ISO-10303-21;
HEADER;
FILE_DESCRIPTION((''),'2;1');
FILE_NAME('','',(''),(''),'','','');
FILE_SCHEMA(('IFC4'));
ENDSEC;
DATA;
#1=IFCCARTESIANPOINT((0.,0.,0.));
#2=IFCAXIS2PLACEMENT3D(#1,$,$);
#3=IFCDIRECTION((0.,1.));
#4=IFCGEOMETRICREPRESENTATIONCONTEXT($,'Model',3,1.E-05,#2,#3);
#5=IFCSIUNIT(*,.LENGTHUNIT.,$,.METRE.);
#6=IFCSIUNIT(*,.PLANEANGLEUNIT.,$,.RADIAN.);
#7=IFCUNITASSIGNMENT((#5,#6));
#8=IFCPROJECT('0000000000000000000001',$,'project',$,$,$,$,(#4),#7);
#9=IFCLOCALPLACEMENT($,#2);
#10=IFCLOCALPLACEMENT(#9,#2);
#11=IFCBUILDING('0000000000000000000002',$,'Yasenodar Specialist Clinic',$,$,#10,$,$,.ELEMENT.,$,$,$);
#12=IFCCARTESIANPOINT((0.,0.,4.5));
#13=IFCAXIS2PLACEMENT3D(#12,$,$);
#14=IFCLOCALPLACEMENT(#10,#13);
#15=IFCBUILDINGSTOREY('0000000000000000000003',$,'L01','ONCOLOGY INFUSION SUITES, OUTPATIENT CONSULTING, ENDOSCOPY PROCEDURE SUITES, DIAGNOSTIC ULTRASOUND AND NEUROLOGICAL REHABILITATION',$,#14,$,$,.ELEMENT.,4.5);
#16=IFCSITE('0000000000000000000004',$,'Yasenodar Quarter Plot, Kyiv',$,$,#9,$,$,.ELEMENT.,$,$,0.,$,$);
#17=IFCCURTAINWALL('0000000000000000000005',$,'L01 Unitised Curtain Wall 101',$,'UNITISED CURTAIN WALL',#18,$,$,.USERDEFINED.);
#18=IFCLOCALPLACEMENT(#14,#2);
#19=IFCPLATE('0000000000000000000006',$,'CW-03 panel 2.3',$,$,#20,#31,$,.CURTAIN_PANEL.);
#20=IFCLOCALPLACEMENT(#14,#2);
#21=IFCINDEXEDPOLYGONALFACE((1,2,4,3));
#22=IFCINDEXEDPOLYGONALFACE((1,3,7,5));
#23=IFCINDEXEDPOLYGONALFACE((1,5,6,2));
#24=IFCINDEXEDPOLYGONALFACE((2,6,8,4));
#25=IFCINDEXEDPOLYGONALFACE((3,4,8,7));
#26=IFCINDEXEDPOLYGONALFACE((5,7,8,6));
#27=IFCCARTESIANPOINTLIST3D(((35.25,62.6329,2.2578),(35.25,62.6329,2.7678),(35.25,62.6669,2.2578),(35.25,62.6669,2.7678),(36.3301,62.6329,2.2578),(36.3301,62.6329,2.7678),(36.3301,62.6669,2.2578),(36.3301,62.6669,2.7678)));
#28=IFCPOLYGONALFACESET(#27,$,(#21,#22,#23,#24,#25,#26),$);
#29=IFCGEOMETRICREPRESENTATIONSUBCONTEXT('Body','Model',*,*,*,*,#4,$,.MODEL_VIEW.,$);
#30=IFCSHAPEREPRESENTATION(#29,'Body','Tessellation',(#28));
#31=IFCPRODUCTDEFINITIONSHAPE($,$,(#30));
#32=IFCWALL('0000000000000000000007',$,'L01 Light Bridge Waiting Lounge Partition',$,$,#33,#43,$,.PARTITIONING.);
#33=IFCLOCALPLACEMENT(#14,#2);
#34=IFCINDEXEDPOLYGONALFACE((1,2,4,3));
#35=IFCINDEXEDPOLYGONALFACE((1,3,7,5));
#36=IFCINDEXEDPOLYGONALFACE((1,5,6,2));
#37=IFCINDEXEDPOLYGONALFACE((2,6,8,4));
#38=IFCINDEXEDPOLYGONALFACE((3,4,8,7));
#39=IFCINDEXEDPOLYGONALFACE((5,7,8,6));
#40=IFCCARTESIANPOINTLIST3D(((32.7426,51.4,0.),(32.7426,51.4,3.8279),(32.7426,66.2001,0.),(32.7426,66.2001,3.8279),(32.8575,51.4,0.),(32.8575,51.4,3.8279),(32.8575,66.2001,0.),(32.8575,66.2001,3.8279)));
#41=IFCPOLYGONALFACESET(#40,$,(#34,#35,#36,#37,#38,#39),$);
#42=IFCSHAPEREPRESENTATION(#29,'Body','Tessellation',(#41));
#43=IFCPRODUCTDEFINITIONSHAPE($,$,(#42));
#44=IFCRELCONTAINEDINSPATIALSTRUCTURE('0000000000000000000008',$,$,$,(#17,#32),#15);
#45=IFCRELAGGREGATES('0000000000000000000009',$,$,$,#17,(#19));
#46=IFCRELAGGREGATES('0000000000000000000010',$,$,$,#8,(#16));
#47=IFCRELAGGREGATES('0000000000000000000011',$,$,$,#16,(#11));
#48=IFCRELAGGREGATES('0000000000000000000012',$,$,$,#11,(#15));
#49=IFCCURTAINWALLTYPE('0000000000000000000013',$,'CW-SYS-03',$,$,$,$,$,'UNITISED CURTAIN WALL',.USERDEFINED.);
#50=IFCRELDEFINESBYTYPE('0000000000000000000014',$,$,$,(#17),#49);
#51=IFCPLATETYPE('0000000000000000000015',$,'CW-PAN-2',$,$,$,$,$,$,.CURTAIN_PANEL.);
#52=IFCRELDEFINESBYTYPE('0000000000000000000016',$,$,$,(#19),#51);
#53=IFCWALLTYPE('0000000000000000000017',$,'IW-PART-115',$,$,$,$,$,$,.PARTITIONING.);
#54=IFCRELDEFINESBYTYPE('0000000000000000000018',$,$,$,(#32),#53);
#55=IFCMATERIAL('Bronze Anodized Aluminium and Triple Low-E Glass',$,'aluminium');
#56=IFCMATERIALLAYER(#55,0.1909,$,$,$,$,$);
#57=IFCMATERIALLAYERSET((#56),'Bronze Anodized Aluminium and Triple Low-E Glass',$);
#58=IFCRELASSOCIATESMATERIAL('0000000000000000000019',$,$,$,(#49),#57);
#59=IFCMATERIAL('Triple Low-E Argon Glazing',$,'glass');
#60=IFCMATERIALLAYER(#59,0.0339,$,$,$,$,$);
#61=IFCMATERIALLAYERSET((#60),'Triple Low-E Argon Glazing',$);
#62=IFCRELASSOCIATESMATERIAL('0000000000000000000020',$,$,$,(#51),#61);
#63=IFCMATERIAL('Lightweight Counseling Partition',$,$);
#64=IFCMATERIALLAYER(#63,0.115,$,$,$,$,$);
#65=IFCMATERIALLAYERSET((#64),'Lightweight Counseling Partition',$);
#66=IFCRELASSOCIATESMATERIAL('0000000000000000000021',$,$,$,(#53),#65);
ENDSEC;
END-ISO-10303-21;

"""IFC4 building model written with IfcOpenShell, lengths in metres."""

from ifc_helpers import new_model, si_unit, direction, frame, frame_2d, origin, origin_2d, place, context, subcontext, project, spatial, rectangle, extrude, material, layer, layer_set, type_object, element, aggregate, save


model = new_model("IFC4")

# Units and contexts
model_context = context("Model", 3, precision=1e-05, world=origin(), true_north=direction((0.0, 1.0)))
body_context = subcontext(model_context, "Body", "Model", "MODEL_VIEW")
ifc_project = project(units=[si_unit("LENGTHUNIT", "METRE"), si_unit("PLANEANGLEUNIT", "RADIAN")], contexts=[model_context])

# Site, building, storey
site_placement = place(None, origin())
site = spatial("IfcSite", under=ifc_project, at=site_placement, Name="Yasenodar Quarter Plot, Kyiv", CompositionType="ELEMENT", RefElevation=0.0)
building_placement = place(site_placement, origin())
building = spatial("IfcBuilding", under=site, at=building_placement, Name="Yasenodar Specialist Clinic", CompositionType="ELEMENT")
storey_placement = place(building_placement, frame((0.0, 0.0, 4.5)))
storey = spatial("IfcBuildingStorey", under=building, at=storey_placement, Name="L01", Description="ONCOLOGY INFUSION SUITES, OUTPATIENT CONSULTING, ENDOSCOPY PROCEDURE SUITES, DIAGNOSTIC ULTRASOUND AND NEUROLOGICAL REHABILITATION", CompositionType="ELEMENT", Elevation=4.5)

# Curtain wall
ifc_material_1 = material(Name="Bronze Anodized Aluminium and Triple Low-E Glass", Category="aluminium")
ifc_layer_1 = layer(ifc_material_1, 0.1909)
ifc_layer_set_1 = layer_set([ifc_layer_1], Name="Bronze Anodized Aluminium and Triple Low-E Glass")
curtain_wall_type = type_object("IfcCurtainWallType", Name="CW-SYS-03", ElementType="UNITISED CURTAIN WALL", PredefinedType="USERDEFINED", material=ifc_layer_set_1)
curtain_wall_placement = place(storey_placement, origin())
curtain_wall = element("IfcCurtainWall", 1, at=curtain_wall_placement, inside=storey, type_object=curtain_wall_type, Name="L01 Unitised Curtain Wall 101", ObjectType="UNITISED CURTAIN WALL", PredefinedType="USERDEFINED")

# Plate
ifc_material_2 = material(Name="Triple Low-E Argon Glazing", Category="glass")
ifc_layer_2 = layer(ifc_material_2, 0.0339)
ifc_layer_set_2 = layer_set([ifc_layer_2], Name="Triple Low-E Argon Glazing")
plate_type = type_object("IfcPlateType", Name="CW-PAN-2", PredefinedType="CURTAIN_PANEL", material=ifc_layer_set_2)
plate_1_placement = place(storey_placement, frame((35.79, 62.6499, 2.2578), z_axis=(0.0, 0.0, 1.0), x_axis=(1.0, 0.0, 0.0)))
plate_1 = element("IfcPlate", 2, at=plate_1_placement, type_object=plate_type, Name="CW-03 panel 2.3", PredefinedType="CURTAIN_PANEL", context=body_context, shape_type="SweptSolid", body=[
    extrude(rectangle(XDim=1.0801, YDim=0.0339, at=origin_2d()), origin(), (0.0, 0.0, 1.0), 0.51),
])
aggregate(curtain_wall, [plate_1])

# Wall
ifc_material_3 = material(Name="Lightweight Counseling Partition")
ifc_layer_3 = layer(ifc_material_3, 0.115)
ifc_layer_set_3 = layer_set([ifc_layer_3], Name="Lightweight Counseling Partition")
wall_type = type_object("IfcWallType", Name="IW-PART-115", PredefinedType="PARTITIONING", material=ifc_layer_set_3)
wall_placement = place(storey_placement, frame((32.8, 66.2, 0.0), z_axis=(0.0, 0.0, 1.0), x_axis=(0.0, -1.0, 0.0)))
element("IfcWall", 3, at=wall_placement, inside=storey, type_object=wall_type, Name="L01 Light Bridge Waiting Lounge Partition", PredefinedType="PARTITIONING", context=body_context, shape_type="SweptSolid", body=[
    extrude(rectangle(XDim=14.8, YDim=0.115, at=frame_2d((7.3999, 0.0))), origin(), (0.0, 0.0, 1.0), 3.8279),
])

save(model, "model.ifc")
